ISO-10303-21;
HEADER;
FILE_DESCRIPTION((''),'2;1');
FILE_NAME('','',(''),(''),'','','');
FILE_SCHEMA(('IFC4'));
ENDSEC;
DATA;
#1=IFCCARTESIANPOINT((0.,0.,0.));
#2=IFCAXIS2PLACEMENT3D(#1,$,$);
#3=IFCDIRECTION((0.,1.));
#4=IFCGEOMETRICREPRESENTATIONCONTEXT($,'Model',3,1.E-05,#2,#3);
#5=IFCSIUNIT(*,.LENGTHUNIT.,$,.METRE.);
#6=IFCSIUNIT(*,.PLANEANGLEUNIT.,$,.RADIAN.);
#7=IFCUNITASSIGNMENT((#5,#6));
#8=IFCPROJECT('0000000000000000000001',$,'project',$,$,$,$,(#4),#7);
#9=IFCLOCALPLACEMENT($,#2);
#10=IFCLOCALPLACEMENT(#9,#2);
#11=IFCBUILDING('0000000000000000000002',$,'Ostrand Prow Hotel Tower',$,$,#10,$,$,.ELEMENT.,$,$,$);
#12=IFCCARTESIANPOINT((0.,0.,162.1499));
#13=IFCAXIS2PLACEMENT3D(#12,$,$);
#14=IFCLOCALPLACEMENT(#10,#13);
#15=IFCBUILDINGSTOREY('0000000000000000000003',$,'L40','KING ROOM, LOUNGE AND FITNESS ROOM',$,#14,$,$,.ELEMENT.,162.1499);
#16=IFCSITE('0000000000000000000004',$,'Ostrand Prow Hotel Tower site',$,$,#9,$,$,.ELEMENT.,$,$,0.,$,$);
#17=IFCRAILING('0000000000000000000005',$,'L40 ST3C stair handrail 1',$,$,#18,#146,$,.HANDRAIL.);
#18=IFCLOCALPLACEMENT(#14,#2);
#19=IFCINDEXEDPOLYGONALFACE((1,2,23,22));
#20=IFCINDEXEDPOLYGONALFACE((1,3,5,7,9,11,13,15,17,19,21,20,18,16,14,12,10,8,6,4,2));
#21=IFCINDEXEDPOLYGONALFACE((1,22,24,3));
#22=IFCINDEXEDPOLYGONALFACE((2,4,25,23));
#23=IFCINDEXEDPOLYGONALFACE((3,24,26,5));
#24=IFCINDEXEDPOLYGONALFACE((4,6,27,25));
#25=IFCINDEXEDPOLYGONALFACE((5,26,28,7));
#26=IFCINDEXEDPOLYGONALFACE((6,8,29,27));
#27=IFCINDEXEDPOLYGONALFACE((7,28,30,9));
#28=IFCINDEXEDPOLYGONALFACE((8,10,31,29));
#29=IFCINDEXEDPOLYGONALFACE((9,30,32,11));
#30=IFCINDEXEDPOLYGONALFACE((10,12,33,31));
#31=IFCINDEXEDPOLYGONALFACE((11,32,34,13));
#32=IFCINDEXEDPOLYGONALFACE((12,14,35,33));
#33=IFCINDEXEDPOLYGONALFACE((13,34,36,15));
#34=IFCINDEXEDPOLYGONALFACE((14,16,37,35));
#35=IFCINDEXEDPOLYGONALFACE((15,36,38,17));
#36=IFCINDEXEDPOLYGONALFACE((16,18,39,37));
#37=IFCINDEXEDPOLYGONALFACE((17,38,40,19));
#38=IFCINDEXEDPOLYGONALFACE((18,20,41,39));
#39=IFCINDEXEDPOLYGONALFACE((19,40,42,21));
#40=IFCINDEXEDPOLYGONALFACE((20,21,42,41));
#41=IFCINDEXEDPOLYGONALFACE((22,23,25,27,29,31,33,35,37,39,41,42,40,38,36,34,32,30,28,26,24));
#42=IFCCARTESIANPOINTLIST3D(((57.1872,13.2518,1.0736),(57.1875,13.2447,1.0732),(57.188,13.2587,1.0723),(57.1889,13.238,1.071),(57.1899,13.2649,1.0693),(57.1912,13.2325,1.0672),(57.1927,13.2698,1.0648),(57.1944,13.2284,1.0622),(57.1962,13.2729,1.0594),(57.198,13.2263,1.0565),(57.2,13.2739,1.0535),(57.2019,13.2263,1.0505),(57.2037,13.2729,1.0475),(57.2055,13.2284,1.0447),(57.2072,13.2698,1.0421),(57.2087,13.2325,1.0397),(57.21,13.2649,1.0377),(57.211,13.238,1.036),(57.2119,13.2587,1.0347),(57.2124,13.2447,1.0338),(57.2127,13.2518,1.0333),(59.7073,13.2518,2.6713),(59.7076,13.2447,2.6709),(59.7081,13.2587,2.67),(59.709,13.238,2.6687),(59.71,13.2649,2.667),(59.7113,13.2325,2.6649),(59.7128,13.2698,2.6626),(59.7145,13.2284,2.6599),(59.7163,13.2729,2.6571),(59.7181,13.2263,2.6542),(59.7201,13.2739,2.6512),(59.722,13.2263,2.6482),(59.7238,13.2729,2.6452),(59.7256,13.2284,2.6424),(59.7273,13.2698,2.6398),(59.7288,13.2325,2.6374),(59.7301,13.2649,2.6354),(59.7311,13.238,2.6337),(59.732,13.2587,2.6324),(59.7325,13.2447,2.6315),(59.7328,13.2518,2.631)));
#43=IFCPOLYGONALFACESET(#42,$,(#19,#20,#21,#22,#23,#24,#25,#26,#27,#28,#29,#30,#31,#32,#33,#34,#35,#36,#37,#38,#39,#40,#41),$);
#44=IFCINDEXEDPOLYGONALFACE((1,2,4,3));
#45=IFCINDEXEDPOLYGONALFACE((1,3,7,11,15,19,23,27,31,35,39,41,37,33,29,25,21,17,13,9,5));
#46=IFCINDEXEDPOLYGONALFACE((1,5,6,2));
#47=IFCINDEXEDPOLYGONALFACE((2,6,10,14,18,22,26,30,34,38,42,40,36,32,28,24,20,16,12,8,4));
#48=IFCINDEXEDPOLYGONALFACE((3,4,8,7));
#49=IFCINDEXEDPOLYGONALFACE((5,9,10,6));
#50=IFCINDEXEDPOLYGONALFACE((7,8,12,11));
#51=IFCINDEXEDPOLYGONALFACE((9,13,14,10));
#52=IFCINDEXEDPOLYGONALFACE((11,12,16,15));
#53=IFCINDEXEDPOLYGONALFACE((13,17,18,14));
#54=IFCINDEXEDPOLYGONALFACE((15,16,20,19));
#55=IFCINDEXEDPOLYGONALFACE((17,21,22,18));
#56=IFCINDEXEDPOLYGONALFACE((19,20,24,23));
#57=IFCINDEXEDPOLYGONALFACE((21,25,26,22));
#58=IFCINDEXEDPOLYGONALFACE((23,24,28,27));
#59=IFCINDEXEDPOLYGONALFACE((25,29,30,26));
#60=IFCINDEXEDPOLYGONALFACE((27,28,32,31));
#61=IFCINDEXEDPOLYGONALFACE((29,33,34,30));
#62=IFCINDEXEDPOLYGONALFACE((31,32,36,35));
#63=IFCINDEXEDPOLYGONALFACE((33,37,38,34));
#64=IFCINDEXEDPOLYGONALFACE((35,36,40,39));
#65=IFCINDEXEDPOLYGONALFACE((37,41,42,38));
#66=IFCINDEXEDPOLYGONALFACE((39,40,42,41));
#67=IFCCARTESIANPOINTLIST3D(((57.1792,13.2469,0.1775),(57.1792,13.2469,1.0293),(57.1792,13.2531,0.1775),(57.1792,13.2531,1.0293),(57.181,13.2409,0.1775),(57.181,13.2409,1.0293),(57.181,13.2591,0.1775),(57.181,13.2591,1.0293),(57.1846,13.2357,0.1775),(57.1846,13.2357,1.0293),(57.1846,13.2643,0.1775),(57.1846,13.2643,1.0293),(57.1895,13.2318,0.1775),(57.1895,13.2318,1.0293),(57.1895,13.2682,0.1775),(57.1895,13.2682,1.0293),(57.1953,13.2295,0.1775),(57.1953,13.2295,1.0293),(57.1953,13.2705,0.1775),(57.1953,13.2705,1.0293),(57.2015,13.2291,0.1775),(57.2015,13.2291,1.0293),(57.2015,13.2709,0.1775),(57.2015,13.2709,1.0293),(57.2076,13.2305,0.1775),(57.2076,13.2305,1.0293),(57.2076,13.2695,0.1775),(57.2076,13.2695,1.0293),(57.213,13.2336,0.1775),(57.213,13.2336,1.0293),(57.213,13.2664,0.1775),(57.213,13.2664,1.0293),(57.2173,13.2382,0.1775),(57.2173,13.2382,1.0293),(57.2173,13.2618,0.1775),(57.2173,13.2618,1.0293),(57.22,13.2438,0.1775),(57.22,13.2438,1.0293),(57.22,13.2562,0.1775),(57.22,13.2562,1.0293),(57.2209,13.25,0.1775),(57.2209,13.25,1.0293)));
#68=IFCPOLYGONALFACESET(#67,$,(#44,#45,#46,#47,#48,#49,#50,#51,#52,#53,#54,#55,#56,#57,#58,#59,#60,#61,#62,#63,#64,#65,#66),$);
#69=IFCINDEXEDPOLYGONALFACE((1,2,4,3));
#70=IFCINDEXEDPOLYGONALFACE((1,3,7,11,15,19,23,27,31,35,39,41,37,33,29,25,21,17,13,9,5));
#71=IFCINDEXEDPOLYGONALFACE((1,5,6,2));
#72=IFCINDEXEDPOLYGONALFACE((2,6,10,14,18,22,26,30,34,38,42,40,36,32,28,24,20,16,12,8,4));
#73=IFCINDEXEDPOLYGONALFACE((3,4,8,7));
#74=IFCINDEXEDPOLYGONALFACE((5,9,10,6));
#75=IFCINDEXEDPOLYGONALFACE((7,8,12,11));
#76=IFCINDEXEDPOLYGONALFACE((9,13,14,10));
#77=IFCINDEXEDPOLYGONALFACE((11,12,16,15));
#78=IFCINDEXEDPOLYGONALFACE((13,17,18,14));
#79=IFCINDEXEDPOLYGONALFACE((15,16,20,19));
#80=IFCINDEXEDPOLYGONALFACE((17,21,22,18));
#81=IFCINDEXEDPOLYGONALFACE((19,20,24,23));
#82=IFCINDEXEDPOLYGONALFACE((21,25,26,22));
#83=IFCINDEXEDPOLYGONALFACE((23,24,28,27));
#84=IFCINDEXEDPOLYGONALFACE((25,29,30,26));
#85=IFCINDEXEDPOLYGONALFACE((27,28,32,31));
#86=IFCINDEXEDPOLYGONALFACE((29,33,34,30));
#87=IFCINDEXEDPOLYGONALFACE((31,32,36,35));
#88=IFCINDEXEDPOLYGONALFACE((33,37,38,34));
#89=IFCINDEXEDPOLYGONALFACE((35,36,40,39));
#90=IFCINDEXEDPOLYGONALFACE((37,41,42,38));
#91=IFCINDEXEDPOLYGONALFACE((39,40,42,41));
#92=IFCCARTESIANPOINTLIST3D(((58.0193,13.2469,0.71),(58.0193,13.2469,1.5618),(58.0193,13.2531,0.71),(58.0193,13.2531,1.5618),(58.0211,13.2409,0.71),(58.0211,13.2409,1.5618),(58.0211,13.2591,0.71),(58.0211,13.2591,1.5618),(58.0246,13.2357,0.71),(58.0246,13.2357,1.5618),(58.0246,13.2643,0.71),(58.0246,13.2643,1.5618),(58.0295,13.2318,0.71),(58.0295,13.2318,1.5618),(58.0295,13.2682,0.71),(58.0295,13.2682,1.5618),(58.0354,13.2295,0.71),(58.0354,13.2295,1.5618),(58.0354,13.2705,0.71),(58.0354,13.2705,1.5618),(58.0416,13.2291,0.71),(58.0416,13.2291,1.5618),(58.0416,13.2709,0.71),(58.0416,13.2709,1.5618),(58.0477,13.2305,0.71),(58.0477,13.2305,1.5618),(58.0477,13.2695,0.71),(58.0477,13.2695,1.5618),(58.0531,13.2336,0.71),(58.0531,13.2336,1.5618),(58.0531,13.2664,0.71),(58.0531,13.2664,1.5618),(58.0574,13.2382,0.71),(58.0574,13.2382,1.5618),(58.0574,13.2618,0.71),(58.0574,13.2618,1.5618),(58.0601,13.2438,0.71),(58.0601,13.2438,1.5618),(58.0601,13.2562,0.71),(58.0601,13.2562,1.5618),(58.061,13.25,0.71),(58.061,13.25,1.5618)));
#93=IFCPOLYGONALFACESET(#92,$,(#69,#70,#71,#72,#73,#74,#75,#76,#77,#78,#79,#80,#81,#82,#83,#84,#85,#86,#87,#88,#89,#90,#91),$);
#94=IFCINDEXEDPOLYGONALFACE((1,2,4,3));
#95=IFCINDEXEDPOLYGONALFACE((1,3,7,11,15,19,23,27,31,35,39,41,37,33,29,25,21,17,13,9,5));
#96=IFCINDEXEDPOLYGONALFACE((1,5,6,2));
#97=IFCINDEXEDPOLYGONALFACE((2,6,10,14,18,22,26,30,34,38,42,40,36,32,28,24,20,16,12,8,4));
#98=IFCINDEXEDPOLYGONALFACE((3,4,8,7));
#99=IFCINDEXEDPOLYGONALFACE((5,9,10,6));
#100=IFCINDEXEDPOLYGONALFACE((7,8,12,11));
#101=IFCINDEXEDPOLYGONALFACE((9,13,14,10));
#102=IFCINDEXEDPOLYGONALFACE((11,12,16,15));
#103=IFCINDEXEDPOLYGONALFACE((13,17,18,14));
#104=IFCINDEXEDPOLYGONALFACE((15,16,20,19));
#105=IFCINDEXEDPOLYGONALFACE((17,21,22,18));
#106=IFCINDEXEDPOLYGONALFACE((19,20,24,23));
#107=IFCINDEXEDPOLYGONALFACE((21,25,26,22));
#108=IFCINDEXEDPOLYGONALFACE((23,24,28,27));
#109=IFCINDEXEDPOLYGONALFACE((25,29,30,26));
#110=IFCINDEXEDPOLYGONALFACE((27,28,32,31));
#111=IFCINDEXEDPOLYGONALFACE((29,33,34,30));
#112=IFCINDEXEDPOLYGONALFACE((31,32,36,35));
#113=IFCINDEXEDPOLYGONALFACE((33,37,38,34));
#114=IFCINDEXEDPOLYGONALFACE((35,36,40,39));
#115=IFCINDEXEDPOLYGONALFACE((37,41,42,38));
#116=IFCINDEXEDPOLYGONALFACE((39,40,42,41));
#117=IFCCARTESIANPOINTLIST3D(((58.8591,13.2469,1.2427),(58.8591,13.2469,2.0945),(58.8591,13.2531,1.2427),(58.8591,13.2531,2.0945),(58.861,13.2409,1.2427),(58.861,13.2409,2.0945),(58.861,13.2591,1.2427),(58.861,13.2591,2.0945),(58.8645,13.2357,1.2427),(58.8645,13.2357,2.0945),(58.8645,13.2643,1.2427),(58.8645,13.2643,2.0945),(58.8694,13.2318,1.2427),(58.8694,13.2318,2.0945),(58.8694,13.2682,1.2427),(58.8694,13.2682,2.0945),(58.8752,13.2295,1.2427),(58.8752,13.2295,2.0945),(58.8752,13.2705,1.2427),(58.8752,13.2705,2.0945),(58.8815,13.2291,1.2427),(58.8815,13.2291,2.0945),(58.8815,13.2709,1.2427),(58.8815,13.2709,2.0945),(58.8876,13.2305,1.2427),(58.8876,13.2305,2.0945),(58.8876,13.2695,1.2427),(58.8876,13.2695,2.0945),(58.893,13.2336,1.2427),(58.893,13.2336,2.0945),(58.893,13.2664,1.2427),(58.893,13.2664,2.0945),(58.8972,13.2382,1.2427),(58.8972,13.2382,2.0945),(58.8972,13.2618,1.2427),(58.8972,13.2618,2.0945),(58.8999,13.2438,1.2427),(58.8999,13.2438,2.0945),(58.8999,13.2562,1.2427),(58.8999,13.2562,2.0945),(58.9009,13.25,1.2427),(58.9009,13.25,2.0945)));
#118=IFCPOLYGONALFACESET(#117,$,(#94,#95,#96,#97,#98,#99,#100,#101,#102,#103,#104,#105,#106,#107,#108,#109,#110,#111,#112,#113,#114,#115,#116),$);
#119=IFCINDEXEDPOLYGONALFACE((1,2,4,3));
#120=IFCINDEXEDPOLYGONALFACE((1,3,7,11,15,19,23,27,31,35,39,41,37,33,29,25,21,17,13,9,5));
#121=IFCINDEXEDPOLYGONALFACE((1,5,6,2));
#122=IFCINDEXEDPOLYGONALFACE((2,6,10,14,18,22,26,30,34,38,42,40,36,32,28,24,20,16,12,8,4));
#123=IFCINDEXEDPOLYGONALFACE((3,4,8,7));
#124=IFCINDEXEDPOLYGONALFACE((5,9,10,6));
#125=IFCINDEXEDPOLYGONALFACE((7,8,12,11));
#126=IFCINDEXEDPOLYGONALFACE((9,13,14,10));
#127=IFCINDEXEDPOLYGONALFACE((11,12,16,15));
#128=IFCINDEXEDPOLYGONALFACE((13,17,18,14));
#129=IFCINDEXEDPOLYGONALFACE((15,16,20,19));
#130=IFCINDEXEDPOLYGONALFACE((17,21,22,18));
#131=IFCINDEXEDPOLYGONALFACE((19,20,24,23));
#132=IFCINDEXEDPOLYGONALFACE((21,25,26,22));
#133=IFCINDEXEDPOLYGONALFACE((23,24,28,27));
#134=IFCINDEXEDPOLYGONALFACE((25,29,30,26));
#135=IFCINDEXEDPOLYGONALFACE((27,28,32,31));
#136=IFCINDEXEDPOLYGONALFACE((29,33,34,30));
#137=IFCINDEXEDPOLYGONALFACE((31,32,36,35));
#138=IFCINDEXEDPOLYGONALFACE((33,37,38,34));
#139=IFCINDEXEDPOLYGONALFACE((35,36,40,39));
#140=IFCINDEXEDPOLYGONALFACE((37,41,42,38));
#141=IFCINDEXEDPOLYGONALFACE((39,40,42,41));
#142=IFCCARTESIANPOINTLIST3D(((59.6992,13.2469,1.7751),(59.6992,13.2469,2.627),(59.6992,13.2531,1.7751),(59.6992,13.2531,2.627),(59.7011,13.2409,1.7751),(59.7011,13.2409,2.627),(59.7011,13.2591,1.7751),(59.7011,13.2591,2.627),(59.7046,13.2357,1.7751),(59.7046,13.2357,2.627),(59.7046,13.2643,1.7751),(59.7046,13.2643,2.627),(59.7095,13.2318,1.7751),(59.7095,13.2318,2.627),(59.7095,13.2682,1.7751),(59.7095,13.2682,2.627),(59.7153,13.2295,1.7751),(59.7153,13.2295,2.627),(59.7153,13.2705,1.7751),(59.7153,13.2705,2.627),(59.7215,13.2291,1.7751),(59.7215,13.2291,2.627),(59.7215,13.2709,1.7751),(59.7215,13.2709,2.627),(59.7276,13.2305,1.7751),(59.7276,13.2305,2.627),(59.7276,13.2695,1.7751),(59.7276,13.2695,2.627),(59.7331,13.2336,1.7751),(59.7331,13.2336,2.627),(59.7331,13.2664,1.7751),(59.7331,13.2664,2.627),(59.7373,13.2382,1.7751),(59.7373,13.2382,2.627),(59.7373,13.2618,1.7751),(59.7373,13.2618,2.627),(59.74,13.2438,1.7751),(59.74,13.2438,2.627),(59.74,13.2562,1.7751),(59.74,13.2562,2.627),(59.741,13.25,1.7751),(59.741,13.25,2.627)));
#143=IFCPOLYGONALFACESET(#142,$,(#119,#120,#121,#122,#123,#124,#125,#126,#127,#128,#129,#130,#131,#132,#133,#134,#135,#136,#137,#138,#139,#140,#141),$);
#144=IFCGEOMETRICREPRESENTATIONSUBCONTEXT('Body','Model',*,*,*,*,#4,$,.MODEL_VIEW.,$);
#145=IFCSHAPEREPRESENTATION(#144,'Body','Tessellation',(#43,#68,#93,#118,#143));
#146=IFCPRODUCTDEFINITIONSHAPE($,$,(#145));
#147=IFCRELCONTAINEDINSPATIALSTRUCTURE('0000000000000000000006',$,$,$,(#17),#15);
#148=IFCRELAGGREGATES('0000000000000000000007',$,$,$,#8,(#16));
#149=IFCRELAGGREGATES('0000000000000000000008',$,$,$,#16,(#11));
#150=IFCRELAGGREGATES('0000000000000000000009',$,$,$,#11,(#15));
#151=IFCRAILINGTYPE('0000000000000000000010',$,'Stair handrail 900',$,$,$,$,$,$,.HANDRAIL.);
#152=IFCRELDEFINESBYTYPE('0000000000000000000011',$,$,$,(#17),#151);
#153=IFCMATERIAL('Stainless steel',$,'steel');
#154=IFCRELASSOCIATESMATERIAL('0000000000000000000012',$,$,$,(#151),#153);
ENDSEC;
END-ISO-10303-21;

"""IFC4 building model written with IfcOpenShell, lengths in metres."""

from ifc_helpers import new_model, si_unit, direction, frame, origin, origin_2d, place, context, subcontext, project, spatial, circle, extrude, material, type_object, element, save


model = new_model("IFC4")

# Units and contexts
model_context = context("Model", 3, precision=1e-05, world=origin(), true_north=direction((0.0, 1.0)))
body_context = subcontext(model_context, "Body", "Model", "MODEL_VIEW")
ifc_project = project(units=[si_unit("LENGTHUNIT", "METRE"), si_unit("PLANEANGLEUNIT", "RADIAN")], contexts=[model_context])

# Site, building, storey
site_placement = place(None, origin())
site = spatial("IfcSite", under=ifc_project, at=site_placement, Name="Ostrand Prow Hotel Tower site", CompositionType="ELEMENT", RefElevation=0.0)
building_placement = place(site_placement, origin())
building = spatial("IfcBuilding", under=site, at=building_placement, Name="Ostrand Prow Hotel Tower", CompositionType="ELEMENT")
storey_placement = place(building_placement, frame((0.0, 0.0, 162.1499)))
storey = spatial("IfcBuildingStorey", under=building, at=storey_placement, Name="L40", Description="KING ROOM, LOUNGE AND FITNESS ROOM", CompositionType="ELEMENT", Elevation=162.1499)

# Railing
ifc_material_1 = material(Name="Stainless steel", Category="steel")
railing_type_1 = type_object("IfcRailingType", Name="Stair handrail 900", PredefinedType="HANDRAIL", material=ifc_material_1)
railing_1_placement = place(storey_placement, frame((57.2, 13.25, 0.1775)))
element("IfcRailing", 1, at=railing_1_placement, inside=storey, type_object=railing_type_1, Name="L40 ST3C stair handrail 1", PredefinedType="HANDRAIL", context=body_context, shape_type="SweptSolid", body=[
    extrude(circle(Radius=0.0239, at=origin_2d()), frame((0.0, 0.0, 0.876), z_axis=(0.84457, 0.0, 0.535445), x_axis=(0.0, 1.0, 0.0)), (0.0, 0.0, 1.0), 2.9839),
    extrude(circle(Radius=0.021, at=origin_2d()), origin(), (0.0, 0.0, 1.0), 0.8518),
    extrude(circle(Radius=0.021, at=origin_2d()), frame((0.8401, 0.0, 0.5325)), (0.0, 0.0, 1.0), 0.8518),
    extrude(circle(Radius=0.021, at=origin_2d()), frame((1.6799, 0.0, 1.0652)), (0.0, 0.0, 1.0), 0.8518),
    extrude(circle(Radius=0.021, at=origin_2d()), frame((2.52, 0.0, 1.5977)), (0.0, 0.0, 1.0), 0.8518),
])

save(model, "model.ifc")
